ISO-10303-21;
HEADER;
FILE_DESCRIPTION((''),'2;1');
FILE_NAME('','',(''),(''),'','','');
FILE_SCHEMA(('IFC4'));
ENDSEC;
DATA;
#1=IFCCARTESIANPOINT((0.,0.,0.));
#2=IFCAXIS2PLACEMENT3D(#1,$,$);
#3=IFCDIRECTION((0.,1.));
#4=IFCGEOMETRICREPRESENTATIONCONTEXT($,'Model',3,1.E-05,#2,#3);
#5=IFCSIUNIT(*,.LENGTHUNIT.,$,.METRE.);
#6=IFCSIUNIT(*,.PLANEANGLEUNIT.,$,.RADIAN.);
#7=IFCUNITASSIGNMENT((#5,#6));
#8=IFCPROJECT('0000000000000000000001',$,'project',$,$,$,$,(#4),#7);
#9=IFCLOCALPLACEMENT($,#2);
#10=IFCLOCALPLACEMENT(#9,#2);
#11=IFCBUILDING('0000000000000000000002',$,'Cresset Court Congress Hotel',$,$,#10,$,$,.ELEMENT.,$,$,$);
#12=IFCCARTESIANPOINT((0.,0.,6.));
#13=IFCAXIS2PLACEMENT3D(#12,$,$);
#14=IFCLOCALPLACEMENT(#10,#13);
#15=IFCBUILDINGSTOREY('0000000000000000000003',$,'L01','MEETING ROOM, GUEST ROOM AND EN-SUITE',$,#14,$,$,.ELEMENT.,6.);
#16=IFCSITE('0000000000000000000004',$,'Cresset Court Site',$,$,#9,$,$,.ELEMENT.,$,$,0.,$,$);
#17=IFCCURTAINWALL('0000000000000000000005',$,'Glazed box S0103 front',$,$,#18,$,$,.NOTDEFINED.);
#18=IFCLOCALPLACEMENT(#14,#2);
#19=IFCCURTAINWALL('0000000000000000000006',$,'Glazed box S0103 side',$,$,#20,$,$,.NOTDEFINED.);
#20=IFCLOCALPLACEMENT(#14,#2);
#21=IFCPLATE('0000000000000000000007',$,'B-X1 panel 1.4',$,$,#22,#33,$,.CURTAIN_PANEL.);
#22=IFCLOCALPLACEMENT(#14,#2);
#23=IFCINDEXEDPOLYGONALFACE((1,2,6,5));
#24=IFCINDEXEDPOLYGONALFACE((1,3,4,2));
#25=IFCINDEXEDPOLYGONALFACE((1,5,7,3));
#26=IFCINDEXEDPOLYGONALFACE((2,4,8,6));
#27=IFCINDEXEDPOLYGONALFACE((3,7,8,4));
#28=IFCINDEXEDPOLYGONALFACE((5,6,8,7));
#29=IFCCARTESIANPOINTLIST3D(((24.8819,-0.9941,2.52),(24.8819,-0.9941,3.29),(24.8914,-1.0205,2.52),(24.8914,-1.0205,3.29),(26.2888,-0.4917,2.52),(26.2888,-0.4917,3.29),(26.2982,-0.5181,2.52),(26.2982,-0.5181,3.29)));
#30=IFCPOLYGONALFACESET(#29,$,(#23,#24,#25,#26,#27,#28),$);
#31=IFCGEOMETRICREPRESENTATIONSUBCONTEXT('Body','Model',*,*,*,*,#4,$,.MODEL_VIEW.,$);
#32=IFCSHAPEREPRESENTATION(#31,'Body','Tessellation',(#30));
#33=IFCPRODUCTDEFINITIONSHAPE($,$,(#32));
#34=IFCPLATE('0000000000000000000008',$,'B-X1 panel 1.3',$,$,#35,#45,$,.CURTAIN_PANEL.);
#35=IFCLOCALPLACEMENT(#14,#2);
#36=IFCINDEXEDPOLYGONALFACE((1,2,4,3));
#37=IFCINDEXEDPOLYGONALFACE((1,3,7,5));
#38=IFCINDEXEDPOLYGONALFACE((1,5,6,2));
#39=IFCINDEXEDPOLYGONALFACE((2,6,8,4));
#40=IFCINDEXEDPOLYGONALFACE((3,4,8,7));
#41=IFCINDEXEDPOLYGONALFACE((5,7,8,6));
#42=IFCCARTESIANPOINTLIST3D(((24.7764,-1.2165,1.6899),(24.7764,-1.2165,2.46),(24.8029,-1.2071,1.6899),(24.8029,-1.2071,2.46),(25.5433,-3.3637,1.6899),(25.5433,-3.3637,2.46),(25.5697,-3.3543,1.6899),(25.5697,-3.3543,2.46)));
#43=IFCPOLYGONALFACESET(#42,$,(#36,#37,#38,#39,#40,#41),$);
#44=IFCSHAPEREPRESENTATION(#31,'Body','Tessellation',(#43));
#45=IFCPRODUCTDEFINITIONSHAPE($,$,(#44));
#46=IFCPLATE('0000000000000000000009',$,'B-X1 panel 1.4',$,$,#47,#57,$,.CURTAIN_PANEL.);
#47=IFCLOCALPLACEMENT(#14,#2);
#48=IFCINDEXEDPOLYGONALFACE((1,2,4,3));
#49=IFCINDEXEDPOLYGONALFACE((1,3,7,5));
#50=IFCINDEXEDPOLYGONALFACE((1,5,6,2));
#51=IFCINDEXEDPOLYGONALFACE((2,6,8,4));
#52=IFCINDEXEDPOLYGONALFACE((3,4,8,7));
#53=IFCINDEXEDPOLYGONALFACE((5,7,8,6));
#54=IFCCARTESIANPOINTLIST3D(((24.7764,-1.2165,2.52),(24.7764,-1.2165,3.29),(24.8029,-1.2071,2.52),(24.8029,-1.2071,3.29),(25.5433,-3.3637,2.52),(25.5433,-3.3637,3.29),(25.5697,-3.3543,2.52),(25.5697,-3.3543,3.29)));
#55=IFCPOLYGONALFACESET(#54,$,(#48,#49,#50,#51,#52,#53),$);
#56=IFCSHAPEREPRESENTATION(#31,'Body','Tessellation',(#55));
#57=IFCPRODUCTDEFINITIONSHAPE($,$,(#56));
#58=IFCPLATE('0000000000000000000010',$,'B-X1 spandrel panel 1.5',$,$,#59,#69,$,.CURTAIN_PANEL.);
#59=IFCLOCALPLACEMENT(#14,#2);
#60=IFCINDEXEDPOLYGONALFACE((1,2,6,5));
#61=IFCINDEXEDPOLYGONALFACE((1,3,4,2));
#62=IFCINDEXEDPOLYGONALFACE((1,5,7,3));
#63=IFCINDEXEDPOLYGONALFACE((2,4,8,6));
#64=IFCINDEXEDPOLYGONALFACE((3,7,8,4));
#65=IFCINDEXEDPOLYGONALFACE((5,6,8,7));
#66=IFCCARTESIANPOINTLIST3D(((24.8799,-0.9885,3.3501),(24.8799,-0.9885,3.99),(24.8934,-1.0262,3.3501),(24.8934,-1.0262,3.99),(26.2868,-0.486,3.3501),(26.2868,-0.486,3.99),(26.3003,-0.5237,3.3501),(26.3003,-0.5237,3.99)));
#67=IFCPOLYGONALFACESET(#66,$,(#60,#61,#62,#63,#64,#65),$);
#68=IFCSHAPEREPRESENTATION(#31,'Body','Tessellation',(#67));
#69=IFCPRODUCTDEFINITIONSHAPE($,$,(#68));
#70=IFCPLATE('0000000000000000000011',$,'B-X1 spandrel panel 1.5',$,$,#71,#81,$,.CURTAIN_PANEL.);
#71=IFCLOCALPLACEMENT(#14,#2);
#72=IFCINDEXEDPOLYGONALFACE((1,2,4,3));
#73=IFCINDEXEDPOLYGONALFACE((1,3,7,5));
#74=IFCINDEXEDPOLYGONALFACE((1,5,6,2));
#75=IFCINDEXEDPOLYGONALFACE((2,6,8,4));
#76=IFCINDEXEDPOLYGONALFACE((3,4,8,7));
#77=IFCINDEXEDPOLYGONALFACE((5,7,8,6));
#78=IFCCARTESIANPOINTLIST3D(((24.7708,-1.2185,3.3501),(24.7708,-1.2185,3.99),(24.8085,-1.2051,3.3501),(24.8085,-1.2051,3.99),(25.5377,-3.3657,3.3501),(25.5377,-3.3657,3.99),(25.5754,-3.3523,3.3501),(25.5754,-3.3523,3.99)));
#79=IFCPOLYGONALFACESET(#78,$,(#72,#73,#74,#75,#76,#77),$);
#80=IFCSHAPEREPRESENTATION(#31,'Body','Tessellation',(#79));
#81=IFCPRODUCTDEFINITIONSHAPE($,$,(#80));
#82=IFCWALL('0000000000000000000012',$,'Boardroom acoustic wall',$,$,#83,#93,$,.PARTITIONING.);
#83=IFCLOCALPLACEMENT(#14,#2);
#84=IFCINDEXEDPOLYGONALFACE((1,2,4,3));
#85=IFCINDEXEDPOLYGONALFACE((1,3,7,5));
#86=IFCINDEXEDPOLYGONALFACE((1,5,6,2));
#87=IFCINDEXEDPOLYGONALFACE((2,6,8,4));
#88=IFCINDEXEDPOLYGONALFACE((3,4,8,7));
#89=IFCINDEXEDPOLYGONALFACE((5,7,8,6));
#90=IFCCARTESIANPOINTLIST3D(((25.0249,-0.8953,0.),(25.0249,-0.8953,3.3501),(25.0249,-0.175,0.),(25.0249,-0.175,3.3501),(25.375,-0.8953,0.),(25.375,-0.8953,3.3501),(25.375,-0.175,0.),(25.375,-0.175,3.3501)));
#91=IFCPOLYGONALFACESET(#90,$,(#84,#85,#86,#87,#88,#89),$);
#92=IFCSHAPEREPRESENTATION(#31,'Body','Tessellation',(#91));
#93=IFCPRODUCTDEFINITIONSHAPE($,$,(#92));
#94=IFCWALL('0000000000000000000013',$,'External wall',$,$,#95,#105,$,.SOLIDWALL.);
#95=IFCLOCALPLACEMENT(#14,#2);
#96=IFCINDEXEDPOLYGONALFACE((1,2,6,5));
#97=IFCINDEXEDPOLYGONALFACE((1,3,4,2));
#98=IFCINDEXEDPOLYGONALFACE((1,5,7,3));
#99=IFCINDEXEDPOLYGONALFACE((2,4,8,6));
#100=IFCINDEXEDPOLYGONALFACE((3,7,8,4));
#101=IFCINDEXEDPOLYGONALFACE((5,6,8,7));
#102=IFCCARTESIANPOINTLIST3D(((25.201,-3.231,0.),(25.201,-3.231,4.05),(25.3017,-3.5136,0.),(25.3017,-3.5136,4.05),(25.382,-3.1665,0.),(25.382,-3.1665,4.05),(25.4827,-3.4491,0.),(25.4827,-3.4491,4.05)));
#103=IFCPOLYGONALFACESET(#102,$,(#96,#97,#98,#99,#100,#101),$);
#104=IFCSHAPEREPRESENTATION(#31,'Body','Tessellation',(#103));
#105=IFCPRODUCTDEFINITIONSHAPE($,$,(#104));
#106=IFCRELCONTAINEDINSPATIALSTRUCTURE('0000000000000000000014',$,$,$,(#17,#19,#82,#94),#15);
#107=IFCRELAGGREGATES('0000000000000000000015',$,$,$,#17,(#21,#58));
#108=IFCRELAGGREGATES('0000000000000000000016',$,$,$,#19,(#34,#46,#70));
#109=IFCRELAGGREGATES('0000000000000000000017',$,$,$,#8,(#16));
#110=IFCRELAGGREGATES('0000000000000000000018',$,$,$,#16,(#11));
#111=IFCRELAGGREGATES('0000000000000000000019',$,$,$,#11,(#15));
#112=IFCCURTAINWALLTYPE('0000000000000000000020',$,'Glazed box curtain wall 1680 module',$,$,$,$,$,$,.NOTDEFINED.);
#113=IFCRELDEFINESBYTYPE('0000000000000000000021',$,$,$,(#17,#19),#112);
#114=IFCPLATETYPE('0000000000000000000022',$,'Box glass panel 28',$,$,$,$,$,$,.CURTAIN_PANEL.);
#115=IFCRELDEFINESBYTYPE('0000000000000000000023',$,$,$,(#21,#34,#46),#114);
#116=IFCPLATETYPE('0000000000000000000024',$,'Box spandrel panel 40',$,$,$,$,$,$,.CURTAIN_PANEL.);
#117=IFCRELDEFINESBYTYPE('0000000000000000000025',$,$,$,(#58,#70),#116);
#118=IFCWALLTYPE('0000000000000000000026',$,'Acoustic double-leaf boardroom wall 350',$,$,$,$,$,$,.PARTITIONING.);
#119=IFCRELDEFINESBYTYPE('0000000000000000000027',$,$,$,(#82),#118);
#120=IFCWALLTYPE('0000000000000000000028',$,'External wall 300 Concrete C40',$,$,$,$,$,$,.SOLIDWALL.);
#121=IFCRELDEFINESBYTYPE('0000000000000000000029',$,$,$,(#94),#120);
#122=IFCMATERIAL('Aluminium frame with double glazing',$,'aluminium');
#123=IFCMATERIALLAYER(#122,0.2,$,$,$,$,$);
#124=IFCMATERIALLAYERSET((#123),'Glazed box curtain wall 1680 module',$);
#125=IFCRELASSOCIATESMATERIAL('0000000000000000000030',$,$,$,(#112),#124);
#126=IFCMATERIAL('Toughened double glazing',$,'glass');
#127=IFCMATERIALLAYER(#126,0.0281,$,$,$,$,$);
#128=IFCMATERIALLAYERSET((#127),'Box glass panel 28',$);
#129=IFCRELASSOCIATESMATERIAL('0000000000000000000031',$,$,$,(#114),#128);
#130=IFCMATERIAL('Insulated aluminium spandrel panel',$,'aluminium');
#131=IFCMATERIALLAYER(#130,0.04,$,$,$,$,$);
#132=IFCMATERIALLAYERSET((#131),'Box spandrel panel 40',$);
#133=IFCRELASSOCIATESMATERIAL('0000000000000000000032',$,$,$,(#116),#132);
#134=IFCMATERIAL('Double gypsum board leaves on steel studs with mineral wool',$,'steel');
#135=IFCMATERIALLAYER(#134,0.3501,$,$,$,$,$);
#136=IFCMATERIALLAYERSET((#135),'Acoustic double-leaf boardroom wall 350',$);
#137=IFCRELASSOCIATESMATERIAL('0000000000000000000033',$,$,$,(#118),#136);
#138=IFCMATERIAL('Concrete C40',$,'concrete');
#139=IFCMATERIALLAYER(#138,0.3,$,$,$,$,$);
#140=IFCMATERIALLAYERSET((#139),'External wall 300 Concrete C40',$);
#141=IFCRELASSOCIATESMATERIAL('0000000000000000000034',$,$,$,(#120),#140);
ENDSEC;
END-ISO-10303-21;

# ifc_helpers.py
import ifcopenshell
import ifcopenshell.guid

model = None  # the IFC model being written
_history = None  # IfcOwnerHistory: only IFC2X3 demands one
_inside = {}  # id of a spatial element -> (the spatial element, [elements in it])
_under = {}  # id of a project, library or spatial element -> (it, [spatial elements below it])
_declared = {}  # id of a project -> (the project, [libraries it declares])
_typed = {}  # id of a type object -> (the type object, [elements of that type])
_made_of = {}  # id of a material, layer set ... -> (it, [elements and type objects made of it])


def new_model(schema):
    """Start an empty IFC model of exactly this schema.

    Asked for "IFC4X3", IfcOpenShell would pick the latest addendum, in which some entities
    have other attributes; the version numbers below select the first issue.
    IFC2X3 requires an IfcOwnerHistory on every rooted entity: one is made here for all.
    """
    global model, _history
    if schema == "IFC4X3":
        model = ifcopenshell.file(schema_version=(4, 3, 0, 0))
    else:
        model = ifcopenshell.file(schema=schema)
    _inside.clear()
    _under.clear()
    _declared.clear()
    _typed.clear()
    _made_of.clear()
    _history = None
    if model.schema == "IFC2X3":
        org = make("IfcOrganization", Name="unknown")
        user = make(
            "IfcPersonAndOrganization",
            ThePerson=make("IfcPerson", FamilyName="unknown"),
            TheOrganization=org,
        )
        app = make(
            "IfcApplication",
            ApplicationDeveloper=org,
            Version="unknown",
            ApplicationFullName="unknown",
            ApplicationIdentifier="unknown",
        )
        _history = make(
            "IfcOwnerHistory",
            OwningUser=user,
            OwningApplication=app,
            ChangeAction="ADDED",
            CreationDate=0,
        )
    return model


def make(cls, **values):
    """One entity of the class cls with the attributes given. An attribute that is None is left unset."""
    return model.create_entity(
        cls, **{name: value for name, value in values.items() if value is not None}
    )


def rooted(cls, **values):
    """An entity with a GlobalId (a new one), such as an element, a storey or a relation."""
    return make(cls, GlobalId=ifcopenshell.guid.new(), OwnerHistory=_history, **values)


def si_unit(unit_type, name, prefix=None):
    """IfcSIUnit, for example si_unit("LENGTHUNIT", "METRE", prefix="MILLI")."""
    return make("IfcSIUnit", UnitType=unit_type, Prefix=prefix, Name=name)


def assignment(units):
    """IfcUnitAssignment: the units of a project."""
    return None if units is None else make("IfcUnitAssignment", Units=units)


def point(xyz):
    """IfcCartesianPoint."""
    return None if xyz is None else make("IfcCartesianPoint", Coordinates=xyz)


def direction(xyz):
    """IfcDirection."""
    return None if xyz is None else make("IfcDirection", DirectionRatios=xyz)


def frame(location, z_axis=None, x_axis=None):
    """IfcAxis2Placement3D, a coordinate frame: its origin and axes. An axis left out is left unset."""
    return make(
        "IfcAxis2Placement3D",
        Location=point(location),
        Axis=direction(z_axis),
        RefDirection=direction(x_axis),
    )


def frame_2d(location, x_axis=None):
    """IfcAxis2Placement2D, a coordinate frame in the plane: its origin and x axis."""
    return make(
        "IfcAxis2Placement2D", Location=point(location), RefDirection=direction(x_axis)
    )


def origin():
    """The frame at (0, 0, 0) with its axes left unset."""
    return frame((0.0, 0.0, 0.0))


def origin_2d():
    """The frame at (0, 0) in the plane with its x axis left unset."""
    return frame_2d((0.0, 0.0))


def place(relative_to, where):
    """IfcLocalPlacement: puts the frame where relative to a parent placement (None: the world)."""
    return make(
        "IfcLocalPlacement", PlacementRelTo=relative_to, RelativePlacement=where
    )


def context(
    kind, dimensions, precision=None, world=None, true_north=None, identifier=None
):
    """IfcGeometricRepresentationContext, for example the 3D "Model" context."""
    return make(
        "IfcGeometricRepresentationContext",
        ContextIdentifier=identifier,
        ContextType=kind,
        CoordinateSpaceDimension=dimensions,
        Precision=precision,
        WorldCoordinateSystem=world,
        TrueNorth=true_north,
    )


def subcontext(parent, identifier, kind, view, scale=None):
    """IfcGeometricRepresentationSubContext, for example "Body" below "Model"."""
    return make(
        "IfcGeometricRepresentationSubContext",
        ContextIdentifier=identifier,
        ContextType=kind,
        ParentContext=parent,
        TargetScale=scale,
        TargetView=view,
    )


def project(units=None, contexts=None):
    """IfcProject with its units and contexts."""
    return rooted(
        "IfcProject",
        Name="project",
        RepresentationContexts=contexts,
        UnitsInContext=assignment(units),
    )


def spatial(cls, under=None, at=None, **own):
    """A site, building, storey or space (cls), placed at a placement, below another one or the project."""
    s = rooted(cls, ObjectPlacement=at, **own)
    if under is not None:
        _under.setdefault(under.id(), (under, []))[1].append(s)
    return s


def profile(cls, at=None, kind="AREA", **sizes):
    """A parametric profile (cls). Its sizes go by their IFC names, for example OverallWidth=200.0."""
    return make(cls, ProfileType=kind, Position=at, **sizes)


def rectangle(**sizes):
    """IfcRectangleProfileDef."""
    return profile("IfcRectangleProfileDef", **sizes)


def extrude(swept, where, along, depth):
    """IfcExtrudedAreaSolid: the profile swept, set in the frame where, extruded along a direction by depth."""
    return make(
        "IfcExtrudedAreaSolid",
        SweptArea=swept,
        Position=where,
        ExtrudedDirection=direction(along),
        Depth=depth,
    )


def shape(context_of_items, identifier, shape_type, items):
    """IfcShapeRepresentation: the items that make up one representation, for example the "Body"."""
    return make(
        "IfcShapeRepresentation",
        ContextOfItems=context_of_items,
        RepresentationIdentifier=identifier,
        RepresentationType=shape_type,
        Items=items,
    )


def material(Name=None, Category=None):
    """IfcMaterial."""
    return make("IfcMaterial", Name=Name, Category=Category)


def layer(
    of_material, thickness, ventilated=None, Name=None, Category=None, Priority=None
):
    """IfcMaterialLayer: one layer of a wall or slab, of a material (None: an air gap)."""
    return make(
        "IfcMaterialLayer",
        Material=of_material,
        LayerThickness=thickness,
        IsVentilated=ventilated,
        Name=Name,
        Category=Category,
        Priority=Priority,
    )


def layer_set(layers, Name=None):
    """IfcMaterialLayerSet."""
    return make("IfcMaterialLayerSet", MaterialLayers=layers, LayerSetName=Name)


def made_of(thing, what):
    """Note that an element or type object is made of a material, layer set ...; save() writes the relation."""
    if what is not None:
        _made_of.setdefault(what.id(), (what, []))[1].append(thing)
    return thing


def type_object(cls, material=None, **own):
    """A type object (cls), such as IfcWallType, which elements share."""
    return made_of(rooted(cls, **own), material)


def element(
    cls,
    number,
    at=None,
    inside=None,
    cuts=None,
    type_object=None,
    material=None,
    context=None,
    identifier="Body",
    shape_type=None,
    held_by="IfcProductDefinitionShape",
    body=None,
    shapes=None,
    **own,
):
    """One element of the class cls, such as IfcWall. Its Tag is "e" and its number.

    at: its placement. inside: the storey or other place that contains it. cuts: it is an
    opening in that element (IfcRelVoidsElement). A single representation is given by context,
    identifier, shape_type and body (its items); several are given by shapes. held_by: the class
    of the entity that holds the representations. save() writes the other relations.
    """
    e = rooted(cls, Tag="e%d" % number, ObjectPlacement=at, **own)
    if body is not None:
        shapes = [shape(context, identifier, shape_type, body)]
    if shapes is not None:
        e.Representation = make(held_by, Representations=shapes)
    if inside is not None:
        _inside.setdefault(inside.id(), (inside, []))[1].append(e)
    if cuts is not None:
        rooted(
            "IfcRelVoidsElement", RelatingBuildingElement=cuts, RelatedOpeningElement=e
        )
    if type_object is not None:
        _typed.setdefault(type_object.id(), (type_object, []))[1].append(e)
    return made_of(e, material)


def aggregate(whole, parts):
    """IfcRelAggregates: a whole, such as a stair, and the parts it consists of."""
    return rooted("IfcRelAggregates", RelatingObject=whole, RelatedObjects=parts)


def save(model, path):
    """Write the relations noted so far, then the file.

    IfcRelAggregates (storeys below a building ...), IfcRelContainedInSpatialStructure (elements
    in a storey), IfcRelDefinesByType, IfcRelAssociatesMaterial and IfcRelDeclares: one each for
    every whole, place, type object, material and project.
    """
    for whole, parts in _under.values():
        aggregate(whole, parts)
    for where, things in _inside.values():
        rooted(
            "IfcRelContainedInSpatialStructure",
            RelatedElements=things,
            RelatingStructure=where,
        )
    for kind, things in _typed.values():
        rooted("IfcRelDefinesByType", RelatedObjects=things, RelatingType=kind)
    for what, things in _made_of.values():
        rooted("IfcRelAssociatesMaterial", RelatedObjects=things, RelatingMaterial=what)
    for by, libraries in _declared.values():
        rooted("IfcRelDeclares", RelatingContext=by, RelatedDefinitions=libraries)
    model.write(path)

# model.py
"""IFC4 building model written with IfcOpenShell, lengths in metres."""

from ifc_helpers import new_model, si_unit, direction, frame, frame_2d, origin, origin_2d, place, context, subcontext, project, spatial, rectangle, extrude, material, layer, layer_set, type_object, element, aggregate, save


model = new_model("IFC4")

# Units and contexts
model_context = context("Model", 3, precision=1e-05, world=origin(), true_north=direction((0.0, 1.0)))
body_context = subcontext(model_context, "Body", "Model", "MODEL_VIEW")
ifc_project = project(units=[si_unit("LENGTHUNIT", "METRE"), si_unit("PLANEANGLEUNIT", "RADIAN")], contexts=[model_context])

# Site, building, storey
site_placement = place(None, origin())
site = spatial("IfcSite", under=ifc_project, at=site_placement, Name="Cresset Court Site", CompositionType="ELEMENT", RefElevation=0.0)
building_placement = place(site_placement, origin())
building = spatial("IfcBuilding", under=site, at=building_placement, Name="Cresset Court Congress Hotel", CompositionType="ELEMENT")
storey_placement = place(building_placement, frame((0.0, 0.0, 6.0)))
storey = spatial("IfcBuildingStorey", under=building, at=storey_placement, Name="L01", Description="MEETING ROOM, GUEST ROOM AND EN-SUITE", CompositionType="ELEMENT", Elevation=6.0)

# Curtain walls
ifc_material_1 = material(Name="Aluminium frame with double glazing", Category="aluminium")
ifc_layer_1 = layer(ifc_material_1, 0.2)
ifc_layer_set_1 = layer_set([ifc_layer_1], Name="Glazed box curtain wall 1680 module")
curtain_wall_type = type_object("IfcCurtainWallType", Name="Glazed box curtain wall 1680 module", PredefinedType="NOTDEFINED", material=ifc_layer_set_1)
curtain_wall_1_placement = place(storey_placement, origin())
curtain_wall_1 = element("IfcCurtainWall", 1, at=curtain_wall_1_placement, inside=storey, type_object=curtain_wall_type, Name="Glazed box S0103 front", PredefinedType="NOTDEFINED")
curtain_wall_2_placement = place(storey_placement, origin())
curtain_wall_2 = element("IfcCurtainWall", 2, at=curtain_wall_2_placement, inside=storey, type_object=curtain_wall_type, Name="Glazed box S0103 side", PredefinedType="NOTDEFINED")

# Plates
ifc_material_2 = material(Name="Toughened double glazing", Category="glass")
ifc_layer_2 = layer(ifc_material_2, 0.0281)
ifc_layer_set_2 = layer_set([ifc_layer_2], Name="Box glass panel 28")
plate_type_1 = type_object("IfcPlateType", Name="Box glass panel 28", PredefinedType="CURTAIN_PANEL", material=ifc_layer_set_2)
plate_1_placement = place(storey_placement, frame((25.5901, -0.7561, 2.52), z_axis=(0.0, 0.0, 1.0), x_axis=(0.941742, 0.336336, 0.0)))
plate_1 = element("IfcPlate", 3, at=plate_1_placement, type_object=plate_type_1, Name="B-X1 panel 1.4", PredefinedType="CURTAIN_PANEL", context=body_context, shape_type="SweptSolid", body=[
    extrude(rectangle(XDim=1.4939, YDim=0.0281, at=origin_2d()), origin(), (0.0, 0.0, 1.0), 0.77),
])
plate_2_placement = place(storey_placement, frame((25.1731, -2.2854, 1.6899), z_axis=(0.0, 0.0, 1.0), x_axis=(-0.336336, 0.941742, 0.0)))
plate_2 = element("IfcPlate", 4, at=plate_2_placement, type_object=plate_type_1, Name="B-X1 panel 1.3", PredefinedType="CURTAIN_PANEL", context=body_context, shape_type="SweptSolid", body=[
    extrude(rectangle(XDim=2.28, YDim=0.0281, at=origin_2d()), origin(), (0.0, 0.0, 1.0), 0.77),
])
plate_3_placement = place(storey_placement, frame((25.1731, -2.2854, 2.52), z_axis=(0.0, 0.0, 1.0), x_axis=(-0.336336, 0.941742, 0.0)))
plate_3 = element("IfcPlate", 5, at=plate_3_placement, type_object=plate_type_1, Name="B-X1 panel 1.4", PredefinedType="CURTAIN_PANEL", context=body_context, shape_type="SweptSolid", body=[
    extrude(rectangle(XDim=2.28, YDim=0.0281, at=origin_2d()), origin(), (0.0, 0.0, 1.0), 0.77),
])
ifc_material_3 = material(Name="Insulated aluminium spandrel panel", Category="aluminium")
ifc_layer_3 = layer(ifc_material_3, 0.04)
ifc_layer_set_3 = layer_set([ifc_layer_3], Name="Box spandrel panel 40")
plate_type_2 = type_object("IfcPlateType", Name="Box spandrel panel 40", PredefinedType="CURTAIN_PANEL", material=ifc_layer_set_3)
plate_4_placement = place(storey_placement, frame((25.5901, -0.7561, 3.3501), z_axis=(0.0, 0.0, 1.0), x_axis=(0.941742, 0.336336, 0.0)))
plate_4 = element("IfcPlate", 6, at=plate_4_placement, type_object=plate_type_2, Name="B-X1 spandrel panel 1.5", PredefinedType="CURTAIN_PANEL", context=body_context, shape_type="SweptSolid", body=[
    extrude(rectangle(XDim=1.4939, YDim=0.04, at=origin_2d()), origin(), (0.0, 0.0, 1.0), 0.6399),
])
aggregate(curtain_wall_1, [plate_1, plate_4])
plate_5_placement = place(storey_placement, frame((25.1731, -2.2854, 3.3501), z_axis=(0.0, 0.0, 1.0), x_axis=(-0.336336, 0.941742, 0.0)))
plate_5 = element("IfcPlate", 7, at=plate_5_placement, type_object=plate_type_2, Name="B-X1 spandrel panel 1.5", PredefinedType="CURTAIN_PANEL", context=body_context, shape_type="SweptSolid", body=[
    extrude(rectangle(XDim=2.28, YDim=0.04, at=origin_2d()), origin(), (0.0, 0.0, 1.0), 0.6399),
])
aggregate(curtain_wall_2, [plate_2, plate_3, plate_5])

# Walls
ifc_material_4 = material(Name="Double gypsum board leaves on steel studs with mineral wool", Category="steel")
ifc_layer_4 = layer(ifc_material_4, 0.3501)
ifc_layer_set_4 = layer_set([ifc_layer_4], Name="Acoustic double-leaf boardroom wall 350")
wall_type_1 = type_object("IfcWallType", Name="Acoustic double-leaf boardroom wall 350", PredefinedType="PARTITIONING", material=ifc_layer_set_4)
wall_1_placement = place(storey_placement, frame((25.2, -0.8953, 0.0), z_axis=(0.0, 0.0, 1.0), x_axis=(0.0, 1.0, 0.0)))
element("IfcWall", 8, at=wall_1_placement, inside=storey, type_object=wall_type_1, Name="Boardroom acoustic wall", PredefinedType="PARTITIONING", context=body_context, shape_type="SweptSolid", body=[
    extrude(rectangle(XDim=0.7202, YDim=0.3501, at=frame_2d((0.3601, 0.0))), origin(), (0.0, 0.0, 1.0), 3.3501),
])
ifc_material_5 = material(Name="Concrete C40", Category="concrete")
ifc_layer_5 = layer(ifc_material_5, 0.3)
ifc_layer_set_5 = layer_set([ifc_layer_5], Name="External wall 300 Concrete C40")
wall_type_2 = type_object("IfcWallType", Name="External wall 300 Concrete C40", PredefinedType="SOLIDWALL", material=ifc_layer_set_5)
wall_2_placement = place(storey_placement, frame((25.2512, -3.3723, 0.0), z_axis=(0.0, 0.0, 1.0), x_axis=(0.942, 0.335612, 0.0)))
element("IfcWall", 9, at=wall_2_placement, inside=storey, type_object=wall_type_2, Name="External wall", PredefinedType="SOLIDWALL", context=body_context, shape_type="SweptSolid", body=[
    extrude(rectangle(XDim=0.1921, YDim=0.3, at=frame_2d((0.0962, 0.0))), origin(), (0.0, 0.0, 1.0), 4.05),
])

save(model, "model.ifc")
